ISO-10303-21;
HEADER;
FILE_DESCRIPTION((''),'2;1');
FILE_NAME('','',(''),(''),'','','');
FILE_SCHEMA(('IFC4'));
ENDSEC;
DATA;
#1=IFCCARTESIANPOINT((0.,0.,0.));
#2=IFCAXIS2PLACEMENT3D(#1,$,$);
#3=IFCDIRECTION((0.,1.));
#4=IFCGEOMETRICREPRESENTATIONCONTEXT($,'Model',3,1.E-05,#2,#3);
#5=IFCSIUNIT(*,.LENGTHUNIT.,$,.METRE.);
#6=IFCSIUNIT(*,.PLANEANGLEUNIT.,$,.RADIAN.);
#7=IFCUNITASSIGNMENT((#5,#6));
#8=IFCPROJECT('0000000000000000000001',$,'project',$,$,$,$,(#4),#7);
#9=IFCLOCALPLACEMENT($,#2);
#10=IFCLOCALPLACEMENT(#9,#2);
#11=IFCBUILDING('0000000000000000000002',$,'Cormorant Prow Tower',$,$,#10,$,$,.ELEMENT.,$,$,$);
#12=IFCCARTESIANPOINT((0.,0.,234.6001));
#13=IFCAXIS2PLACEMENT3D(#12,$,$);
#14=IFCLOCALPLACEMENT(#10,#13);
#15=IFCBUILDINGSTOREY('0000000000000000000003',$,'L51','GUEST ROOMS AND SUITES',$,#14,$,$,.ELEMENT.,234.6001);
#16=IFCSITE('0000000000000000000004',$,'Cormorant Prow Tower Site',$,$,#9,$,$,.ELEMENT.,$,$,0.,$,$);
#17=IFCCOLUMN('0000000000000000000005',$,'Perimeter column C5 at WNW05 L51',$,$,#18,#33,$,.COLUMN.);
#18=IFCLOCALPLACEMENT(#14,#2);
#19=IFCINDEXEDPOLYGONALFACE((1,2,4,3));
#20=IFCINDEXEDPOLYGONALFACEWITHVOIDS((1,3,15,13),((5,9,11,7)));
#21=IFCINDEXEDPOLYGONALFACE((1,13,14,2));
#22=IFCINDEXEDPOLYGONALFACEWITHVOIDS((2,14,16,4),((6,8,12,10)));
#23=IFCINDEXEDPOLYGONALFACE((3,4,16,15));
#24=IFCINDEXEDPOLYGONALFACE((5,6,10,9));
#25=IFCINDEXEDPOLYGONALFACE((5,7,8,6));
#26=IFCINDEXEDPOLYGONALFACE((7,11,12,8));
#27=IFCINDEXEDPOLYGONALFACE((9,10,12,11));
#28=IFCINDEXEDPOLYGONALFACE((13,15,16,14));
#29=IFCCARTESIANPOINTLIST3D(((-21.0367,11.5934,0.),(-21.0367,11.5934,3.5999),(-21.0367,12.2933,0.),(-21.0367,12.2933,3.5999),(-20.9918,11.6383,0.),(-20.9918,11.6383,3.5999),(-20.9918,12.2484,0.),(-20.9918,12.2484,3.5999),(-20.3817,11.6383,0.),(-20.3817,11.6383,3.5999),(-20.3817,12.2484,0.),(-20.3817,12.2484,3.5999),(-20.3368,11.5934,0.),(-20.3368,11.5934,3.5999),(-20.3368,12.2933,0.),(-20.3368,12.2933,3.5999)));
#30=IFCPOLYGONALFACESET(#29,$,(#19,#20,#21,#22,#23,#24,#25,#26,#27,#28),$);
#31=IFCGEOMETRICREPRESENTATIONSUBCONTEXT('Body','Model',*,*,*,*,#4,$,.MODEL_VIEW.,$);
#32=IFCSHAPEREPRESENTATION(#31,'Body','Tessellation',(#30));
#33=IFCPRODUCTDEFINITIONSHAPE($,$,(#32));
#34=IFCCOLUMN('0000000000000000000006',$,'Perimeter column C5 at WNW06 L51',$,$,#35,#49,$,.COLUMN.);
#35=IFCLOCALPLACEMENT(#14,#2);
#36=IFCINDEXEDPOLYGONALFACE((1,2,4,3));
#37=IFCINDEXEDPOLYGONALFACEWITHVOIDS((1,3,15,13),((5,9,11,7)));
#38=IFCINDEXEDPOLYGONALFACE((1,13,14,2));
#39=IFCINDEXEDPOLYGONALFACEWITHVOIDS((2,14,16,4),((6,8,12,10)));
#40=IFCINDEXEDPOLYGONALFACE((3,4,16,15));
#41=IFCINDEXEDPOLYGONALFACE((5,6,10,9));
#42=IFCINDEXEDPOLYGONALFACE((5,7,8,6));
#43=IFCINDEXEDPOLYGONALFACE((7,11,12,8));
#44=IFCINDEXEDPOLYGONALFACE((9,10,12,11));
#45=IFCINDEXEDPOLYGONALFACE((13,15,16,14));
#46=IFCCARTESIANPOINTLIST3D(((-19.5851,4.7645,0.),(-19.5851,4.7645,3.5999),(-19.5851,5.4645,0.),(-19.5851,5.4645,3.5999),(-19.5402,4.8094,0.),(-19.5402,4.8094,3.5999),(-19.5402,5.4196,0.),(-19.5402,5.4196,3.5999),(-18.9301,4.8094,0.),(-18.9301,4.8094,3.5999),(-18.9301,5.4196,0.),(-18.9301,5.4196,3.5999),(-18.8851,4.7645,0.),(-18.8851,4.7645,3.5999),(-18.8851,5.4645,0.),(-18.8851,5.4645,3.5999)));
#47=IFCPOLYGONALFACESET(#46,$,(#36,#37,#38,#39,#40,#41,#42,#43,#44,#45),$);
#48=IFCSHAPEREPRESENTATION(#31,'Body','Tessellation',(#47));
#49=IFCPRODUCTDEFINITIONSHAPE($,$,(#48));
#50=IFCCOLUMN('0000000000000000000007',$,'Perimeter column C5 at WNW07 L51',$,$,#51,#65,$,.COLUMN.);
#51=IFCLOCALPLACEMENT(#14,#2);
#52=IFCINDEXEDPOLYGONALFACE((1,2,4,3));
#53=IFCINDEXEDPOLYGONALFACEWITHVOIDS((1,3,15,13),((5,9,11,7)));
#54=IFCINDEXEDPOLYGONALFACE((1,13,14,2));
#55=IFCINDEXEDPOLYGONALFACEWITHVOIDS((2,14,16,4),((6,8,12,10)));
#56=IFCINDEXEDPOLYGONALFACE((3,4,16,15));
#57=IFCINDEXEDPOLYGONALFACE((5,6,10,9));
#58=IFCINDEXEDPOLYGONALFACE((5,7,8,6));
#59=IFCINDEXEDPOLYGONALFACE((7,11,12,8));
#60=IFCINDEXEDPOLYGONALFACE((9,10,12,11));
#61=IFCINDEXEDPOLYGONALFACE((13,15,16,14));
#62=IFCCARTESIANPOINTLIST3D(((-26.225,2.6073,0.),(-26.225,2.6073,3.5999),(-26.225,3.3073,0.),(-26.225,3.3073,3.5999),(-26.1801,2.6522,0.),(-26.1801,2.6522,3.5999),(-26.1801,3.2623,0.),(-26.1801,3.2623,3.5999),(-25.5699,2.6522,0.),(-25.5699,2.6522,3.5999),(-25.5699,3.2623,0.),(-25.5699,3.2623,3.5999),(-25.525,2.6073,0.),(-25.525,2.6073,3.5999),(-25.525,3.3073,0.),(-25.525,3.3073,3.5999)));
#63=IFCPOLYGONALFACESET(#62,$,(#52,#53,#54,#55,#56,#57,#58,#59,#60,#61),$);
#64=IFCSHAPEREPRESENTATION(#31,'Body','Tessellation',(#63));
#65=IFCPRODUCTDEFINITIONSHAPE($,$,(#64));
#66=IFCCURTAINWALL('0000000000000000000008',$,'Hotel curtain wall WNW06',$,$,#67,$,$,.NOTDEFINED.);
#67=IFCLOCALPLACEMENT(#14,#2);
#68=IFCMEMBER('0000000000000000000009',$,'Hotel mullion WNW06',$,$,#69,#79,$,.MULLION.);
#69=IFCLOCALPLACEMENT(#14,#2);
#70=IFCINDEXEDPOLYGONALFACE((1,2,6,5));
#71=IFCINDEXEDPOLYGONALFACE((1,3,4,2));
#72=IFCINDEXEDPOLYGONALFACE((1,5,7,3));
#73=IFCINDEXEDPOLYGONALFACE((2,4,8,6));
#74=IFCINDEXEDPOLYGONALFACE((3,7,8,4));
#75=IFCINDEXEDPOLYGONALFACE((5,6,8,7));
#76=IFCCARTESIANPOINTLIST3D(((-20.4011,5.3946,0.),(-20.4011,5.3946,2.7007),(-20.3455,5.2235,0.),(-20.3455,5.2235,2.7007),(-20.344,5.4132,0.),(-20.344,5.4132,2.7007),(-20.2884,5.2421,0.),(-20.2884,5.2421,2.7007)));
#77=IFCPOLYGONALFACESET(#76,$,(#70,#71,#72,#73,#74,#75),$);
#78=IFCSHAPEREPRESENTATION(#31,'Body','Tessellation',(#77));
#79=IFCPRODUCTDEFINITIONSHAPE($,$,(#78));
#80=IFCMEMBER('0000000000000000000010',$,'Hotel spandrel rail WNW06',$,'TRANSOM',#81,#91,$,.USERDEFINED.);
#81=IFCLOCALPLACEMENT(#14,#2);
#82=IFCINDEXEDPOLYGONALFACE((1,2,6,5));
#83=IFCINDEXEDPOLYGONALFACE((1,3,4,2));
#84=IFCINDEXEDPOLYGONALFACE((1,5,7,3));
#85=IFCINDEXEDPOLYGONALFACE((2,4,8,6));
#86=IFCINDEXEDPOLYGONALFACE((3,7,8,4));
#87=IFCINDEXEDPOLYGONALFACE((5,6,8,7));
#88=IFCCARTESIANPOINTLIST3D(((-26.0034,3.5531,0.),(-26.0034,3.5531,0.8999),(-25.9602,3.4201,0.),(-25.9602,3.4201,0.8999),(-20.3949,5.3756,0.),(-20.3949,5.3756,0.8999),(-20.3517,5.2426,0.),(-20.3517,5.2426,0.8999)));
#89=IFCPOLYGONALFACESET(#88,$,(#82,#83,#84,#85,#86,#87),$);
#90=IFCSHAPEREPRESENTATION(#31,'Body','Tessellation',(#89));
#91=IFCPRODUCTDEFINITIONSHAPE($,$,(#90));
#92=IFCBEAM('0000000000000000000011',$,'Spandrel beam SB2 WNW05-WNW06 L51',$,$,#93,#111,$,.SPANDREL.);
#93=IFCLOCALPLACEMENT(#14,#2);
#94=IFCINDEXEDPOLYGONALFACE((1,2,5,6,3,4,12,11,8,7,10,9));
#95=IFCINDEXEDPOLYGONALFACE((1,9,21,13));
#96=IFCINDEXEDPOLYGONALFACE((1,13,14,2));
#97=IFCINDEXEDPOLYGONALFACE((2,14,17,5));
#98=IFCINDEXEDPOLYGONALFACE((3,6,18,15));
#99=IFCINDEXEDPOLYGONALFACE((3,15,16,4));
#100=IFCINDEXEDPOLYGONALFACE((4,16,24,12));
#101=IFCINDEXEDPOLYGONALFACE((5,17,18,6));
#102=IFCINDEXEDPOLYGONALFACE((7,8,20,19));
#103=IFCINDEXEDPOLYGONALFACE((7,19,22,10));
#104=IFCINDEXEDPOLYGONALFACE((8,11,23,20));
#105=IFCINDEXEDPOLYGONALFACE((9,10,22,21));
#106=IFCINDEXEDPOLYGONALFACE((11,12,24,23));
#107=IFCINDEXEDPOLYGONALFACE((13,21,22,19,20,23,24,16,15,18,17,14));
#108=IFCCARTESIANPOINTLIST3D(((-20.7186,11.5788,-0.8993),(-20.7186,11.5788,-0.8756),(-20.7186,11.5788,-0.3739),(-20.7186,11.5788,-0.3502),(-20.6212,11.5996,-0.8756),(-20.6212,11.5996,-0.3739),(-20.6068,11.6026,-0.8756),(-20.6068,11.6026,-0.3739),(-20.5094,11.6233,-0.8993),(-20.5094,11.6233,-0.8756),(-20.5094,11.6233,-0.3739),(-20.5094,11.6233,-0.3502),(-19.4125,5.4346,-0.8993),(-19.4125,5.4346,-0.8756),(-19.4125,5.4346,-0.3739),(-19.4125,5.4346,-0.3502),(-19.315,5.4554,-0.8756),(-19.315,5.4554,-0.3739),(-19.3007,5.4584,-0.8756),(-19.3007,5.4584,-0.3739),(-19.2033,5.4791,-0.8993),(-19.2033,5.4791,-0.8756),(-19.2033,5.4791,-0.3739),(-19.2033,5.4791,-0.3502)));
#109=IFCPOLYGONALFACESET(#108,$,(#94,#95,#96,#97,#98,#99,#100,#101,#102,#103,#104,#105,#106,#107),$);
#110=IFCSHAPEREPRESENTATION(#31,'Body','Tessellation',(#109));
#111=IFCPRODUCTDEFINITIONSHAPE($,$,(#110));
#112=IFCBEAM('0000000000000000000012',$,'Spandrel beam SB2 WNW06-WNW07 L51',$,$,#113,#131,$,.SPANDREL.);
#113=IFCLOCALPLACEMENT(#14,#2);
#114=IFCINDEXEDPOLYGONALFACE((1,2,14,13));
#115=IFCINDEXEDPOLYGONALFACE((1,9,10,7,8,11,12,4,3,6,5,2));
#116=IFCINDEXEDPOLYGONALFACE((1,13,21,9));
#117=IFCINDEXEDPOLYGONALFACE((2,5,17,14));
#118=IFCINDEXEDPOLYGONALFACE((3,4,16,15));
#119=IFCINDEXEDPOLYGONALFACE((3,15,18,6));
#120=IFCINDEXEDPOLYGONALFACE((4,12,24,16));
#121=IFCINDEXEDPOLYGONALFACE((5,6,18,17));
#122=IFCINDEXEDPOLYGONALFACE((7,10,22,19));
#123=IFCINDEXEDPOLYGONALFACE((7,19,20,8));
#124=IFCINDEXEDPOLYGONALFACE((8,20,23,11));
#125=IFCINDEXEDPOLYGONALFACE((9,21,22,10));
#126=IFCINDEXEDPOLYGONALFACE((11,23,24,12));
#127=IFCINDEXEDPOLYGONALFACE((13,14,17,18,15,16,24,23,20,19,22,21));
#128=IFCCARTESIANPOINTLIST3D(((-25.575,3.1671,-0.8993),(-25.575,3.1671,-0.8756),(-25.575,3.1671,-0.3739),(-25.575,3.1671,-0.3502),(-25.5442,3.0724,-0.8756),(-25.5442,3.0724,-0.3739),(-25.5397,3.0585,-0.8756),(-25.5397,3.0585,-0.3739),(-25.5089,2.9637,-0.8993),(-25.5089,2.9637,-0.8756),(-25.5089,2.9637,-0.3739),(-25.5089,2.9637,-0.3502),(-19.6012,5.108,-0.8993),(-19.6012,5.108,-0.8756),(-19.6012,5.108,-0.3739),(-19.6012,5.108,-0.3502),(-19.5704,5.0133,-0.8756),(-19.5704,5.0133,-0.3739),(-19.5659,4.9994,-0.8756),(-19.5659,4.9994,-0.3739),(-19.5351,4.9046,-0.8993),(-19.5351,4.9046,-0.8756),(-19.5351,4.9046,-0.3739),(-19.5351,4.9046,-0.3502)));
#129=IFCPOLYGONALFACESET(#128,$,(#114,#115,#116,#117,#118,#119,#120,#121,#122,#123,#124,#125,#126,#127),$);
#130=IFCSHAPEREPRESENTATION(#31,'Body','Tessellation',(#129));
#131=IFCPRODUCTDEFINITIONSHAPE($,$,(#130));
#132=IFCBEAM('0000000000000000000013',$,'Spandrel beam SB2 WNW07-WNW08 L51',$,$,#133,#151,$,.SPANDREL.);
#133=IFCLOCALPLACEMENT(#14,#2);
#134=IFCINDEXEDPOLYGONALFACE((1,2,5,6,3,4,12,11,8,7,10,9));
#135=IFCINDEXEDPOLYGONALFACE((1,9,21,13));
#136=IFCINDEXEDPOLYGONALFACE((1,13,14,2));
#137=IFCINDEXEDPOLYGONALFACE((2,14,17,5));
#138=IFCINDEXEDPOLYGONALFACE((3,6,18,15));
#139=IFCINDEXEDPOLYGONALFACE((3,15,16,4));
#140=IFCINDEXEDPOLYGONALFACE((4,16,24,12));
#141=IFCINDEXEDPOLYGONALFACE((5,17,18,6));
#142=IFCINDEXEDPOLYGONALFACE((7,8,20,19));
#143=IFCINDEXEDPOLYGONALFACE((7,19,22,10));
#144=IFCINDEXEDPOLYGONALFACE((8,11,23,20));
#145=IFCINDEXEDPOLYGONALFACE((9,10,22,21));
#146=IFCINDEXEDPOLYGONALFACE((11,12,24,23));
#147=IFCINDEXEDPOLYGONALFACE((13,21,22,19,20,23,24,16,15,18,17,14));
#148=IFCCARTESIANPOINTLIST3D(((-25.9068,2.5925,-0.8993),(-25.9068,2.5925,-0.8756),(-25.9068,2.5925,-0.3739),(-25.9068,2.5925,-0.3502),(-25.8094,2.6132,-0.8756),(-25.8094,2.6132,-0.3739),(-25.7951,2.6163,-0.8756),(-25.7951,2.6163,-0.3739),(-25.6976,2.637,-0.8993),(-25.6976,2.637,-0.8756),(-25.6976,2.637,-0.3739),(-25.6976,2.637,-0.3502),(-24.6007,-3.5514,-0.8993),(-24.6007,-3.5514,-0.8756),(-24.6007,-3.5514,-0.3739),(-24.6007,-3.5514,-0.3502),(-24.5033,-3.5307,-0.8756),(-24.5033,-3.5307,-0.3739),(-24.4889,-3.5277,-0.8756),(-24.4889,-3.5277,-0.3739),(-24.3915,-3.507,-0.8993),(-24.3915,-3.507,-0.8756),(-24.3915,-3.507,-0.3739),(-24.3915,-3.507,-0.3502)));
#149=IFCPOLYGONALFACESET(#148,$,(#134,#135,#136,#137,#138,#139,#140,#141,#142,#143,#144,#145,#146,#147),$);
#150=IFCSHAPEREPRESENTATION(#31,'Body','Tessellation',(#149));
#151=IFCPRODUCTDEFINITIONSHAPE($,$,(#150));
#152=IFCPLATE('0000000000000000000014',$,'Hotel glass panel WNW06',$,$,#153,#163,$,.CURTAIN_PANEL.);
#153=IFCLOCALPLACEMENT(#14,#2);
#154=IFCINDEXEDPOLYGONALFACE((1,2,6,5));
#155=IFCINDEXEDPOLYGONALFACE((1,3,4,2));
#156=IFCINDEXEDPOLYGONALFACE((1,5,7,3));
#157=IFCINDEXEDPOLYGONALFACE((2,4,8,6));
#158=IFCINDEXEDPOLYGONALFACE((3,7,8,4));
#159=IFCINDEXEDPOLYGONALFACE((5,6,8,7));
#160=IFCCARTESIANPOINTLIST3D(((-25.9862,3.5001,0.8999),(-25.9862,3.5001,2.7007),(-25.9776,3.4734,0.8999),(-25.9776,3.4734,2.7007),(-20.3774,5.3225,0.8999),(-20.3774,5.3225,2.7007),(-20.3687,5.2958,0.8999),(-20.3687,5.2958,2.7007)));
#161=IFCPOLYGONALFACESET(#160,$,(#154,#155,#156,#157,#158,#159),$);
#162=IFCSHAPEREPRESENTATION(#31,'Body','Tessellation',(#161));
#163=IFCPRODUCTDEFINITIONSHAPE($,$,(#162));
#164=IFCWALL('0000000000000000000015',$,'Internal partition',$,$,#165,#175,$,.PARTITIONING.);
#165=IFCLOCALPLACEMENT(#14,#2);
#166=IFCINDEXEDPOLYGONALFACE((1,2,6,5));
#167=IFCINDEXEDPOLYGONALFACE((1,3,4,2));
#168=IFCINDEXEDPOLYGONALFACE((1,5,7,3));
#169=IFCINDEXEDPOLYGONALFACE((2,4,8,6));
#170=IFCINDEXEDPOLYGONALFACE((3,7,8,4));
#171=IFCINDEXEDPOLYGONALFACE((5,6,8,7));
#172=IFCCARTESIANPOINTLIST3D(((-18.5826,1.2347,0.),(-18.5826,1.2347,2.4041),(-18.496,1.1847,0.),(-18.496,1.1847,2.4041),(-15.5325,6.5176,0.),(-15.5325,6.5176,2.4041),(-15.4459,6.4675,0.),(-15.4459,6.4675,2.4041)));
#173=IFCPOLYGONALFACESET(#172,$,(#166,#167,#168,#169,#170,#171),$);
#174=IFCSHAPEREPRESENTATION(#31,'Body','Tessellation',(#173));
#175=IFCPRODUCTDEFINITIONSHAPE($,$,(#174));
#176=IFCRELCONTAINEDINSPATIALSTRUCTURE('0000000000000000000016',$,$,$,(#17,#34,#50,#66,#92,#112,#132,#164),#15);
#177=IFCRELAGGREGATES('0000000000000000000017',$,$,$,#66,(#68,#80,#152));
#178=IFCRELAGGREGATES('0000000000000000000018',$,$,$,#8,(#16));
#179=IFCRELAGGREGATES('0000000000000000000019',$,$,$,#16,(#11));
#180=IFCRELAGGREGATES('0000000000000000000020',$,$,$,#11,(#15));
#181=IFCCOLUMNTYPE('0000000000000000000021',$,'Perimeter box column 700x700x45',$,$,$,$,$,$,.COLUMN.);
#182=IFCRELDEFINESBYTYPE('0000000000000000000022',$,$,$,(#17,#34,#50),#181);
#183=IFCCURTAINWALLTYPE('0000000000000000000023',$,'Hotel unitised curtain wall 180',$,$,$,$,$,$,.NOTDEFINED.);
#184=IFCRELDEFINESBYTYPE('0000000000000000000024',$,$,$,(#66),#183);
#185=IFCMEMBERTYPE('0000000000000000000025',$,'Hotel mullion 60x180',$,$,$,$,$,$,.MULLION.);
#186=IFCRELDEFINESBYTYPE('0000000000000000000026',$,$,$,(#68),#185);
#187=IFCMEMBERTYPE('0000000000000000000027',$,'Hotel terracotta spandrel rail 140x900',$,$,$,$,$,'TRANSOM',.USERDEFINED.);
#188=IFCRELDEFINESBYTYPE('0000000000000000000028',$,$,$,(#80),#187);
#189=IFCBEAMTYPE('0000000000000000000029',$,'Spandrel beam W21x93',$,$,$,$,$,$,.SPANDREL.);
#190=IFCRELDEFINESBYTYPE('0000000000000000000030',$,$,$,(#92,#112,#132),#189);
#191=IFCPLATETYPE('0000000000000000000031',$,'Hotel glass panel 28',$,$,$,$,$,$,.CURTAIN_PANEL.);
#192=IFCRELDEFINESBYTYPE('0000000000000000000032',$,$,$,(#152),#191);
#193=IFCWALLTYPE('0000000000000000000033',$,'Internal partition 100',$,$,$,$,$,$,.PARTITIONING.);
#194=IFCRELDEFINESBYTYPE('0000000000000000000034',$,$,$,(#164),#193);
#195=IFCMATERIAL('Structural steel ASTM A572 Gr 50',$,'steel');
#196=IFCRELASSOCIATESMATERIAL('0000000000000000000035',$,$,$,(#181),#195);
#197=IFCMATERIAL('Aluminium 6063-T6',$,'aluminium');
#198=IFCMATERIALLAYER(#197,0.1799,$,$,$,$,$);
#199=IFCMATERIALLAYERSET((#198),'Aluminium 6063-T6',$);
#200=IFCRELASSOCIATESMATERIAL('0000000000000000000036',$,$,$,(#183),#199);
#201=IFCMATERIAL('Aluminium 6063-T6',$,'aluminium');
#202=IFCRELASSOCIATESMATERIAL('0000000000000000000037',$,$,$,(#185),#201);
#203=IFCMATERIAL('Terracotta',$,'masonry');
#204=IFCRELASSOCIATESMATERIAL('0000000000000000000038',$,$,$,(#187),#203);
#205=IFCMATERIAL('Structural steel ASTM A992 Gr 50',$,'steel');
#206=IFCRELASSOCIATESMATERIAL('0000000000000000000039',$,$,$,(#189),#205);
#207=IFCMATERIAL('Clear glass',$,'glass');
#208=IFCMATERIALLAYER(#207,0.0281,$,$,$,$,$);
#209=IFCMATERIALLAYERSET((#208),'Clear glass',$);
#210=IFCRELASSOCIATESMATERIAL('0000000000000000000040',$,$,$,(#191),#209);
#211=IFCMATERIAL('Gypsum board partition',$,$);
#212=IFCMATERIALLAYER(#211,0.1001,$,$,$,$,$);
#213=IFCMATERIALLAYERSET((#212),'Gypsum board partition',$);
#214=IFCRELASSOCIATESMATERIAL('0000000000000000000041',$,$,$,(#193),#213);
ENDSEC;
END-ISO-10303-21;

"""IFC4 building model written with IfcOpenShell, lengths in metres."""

from ifc_helpers import new_model, si_unit, direction, frame, frame_2d, origin, origin_2d, place, context, subcontext, project, spatial, rectangle, hollow_rectangle, i_section, extrude, material, layer, layer_set, material_profile, profile_set, type_object, element, aggregate, save


model = new_model("IFC4")

# Units and contexts
model_context = context("Model", 3, precision=1e-05, world=origin(), true_north=direction((0.0, 1.0)))
body_context = subcontext(model_context, "Body", "Model", "MODEL_VIEW")
ifc_project = project(units=[si_unit("LENGTHUNIT", "METRE"), si_unit("PLANEANGLEUNIT", "RADIAN")], contexts=[model_context])

# Site, building, storey
site_placement = place(None, origin())
site = spatial("IfcSite", under=ifc_project, at=site_placement, Name="Cormorant Prow Tower Site", CompositionType="ELEMENT", RefElevation=0.0)
building_placement = place(site_placement, origin())
building = spatial("IfcBuilding", under=site, at=building_placement, Name="Cormorant Prow Tower", CompositionType="ELEMENT")
storey_placement = place(building_placement, frame((0.0, 0.0, 234.6001)))
storey = spatial("IfcBuildingStorey", under=building, at=storey_placement, Name="L51", Description="GUEST ROOMS AND SUITES", CompositionType="ELEMENT", Elevation=234.6001)

# Columns
ifc_material_1 = material(Name="Structural steel ASTM A572 Gr 50", Category="steel")
ifc_material_profile_1 = material_profile(ifc_material_1, hollow_rectangle(XDim=0.7, YDim=0.7, WallThickness=0.0449, at=origin_2d()), Name="Box 700x700x45")
ifc_profile_set_1 = profile_set([ifc_material_profile_1], Name="Structural steel ASTM A572 Gr 50")
column_type = type_object("IfcColumnType", Name="Perimeter box column 700x700x45", PredefinedType="COLUMN", material=ifc_profile_set_1)
for number, where, z_axis, x_axis, name in (
    (1, (-20.6868, 11.9434, 0.0), (0.0, 0.0, 1.0), (1.0, 0.0, 0.0), "Perimeter column C5 at WNW05 L51"),
    (2, (-19.2351, 5.1145, 0.0), (0.0, 0.0, 1.0), (1.0, 0.0, 0.0), "Perimeter column C5 at WNW06 L51"),
    (3, (-25.875, 2.9573, 0.0), (0.0, 0.0, 1.0), (1.0, 0.0, 0.0), "Perimeter column C5 at WNW07 L51"),
):
    element("IfcColumn", number, at=place(storey_placement, frame(where, z_axis=z_axis, x_axis=x_axis)), inside=storey, type_object=column_type, Name=name, PredefinedType="COLUMN", context=body_context, shape_type="SweptSolid", body=[
        extrude(hollow_rectangle(XDim=0.7, YDim=0.7, WallThickness=0.0449, at=origin_2d()), origin(), (0.0, 0.0, 1.0), 3.5999),
    ])

# Curtain wall, members
ifc_material_2 = material(Name="Aluminium 6063-T6", Category="aluminium")
ifc_layer_1 = layer(ifc_material_2, 0.1799)
ifc_layer_set_1 = layer_set([ifc_layer_1], Name="Aluminium 6063-T6")
curtain_wall_type = type_object("IfcCurtainWallType", Name="Hotel unitised curtain wall 180", PredefinedType="NOTDEFINED", material=ifc_layer_set_1)
curtain_wall_placement = place(storey_placement, origin())
curtain_wall = element("IfcCurtainWall", 4, at=curtain_wall_placement, inside=storey, type_object=curtain_wall_type, Name="Hotel curtain wall WNW06", PredefinedType="NOTDEFINED")
ifc_material_3 = material(Name="Aluminium 6063-T6", Category="aluminium")
ifc_material_profile_2 = material_profile(ifc_material_3, rectangle(XDim=0.1799, YDim=0.0601, at=origin_2d()), Name="Hotel mullion 60x180")
ifc_profile_set_2 = profile_set([ifc_material_profile_2], Name="Aluminium 6063-T6")
member_type_1 = type_object("IfcMemberType", Name="Hotel mullion 60x180", PredefinedType="MULLION", material=ifc_profile_set_2)
member_1_placement = place(storey_placement, frame((-20.3447, 5.3184, 0.0), z_axis=(0.0, 0.0, 1.0), x_axis=(0.309017, -0.951057, 0.0)))
member_1 = element("IfcMember", 5, at=member_1_placement, type_object=member_type_1, Name="Hotel mullion WNW06", PredefinedType="MULLION", context=body_context, shape_type="SweptSolid", body=[
    extrude(rectangle(XDim=0.1799, YDim=0.0601, at=origin_2d()), origin(), (0.0, 0.0, 1.0), 2.7007),
])
ifc_material_4 = material(Name="Terracotta", Category="masonry")
ifc_material_profile_3 = material_profile(ifc_material_4, rectangle(XDim=0.1399, YDim=0.8999, at=origin_2d()), Name="Hotel terracotta spandrel rail 140x900")
ifc_profile_set_3 = profile_set([ifc_material_profile_3], Name="Terracotta")
member_type_2 = type_object("IfcMemberType", Name="Hotel terracotta spandrel rail 140x900", ElementType="TRANSOM", PredefinedType="USERDEFINED", material=ifc_profile_set_3)
member_2_placement = place(storey_placement, frame((-20.3733, 5.3091, 0.45), z_axis=(-0.951049, -0.30904, 0.0), x_axis=(0.30904, -0.951049, 0.0)))
member_2 = element("IfcMember", 6, at=member_2_placement, type_object=member_type_2, Name="Hotel spandrel rail WNW06", ObjectType="TRANSOM", PredefinedType="USERDEFINED", context=body_context, shape_type="SweptSolid", body=[
    extrude(rectangle(XDim=0.1399, YDim=0.8999, at=origin_2d()), origin(), (0.0, 0.0, 1.0), 5.8972),
])

# Beams
ifc_material_5 = material(Name="Structural steel ASTM A992 Gr 50", Category="steel")
ifc_material_profile_4 = material_profile(ifc_material_5, i_section(OverallWidth=0.2139, OverallDepth=0.5491, WebThickness=0.0146, FlangeThickness=0.0237, at=origin_2d()), Name="W21x93")
ifc_profile_set_4 = profile_set([ifc_material_profile_4], Name="Structural steel ASTM A992 Gr 50")
beam_type = type_object("IfcBeamType", Name="Spandrel beam W21x93", PredefinedType="SPANDREL", material=ifc_profile_set_4)
beam_placement = place(storey_placement, frame((-20.614, 11.6011, -0.6248), z_axis=(0.207934, -0.978143, 0.0), x_axis=(0.978143, 0.207934, 0.0)))
element("IfcBeam", 7, at=beam_placement, inside=storey, type_object=beam_type, Name="Spandrel beam SB2 WNW05-WNW06 L51", PredefinedType="SPANDREL", context=body_context, shape_type="SweptSolid", body=[
    extrude(i_section(OverallWidth=0.2139, OverallDepth=0.5491, WebThickness=0.0146, FlangeThickness=0.0237, at=origin_2d()), origin(), (0.0, 0.0, 1.0), 6.2815),
])
for number, where, z_axis, x_axis, name in (
    (8, (-19.5681, 5.0063, -0.6248), (-0.951062, -0.309001, 0.0), (0.309001, -0.951062, 0.0), "Spandrel beam SB2 WNW06-WNW07 L51"),
    (9, (-25.8022, 2.6147, -0.6248), (0.207941, -0.978141, 0.0), (0.978141, 0.207941, 0.0), "Spandrel beam SB2 WNW07-WNW08 L51"),
):
    element("IfcBeam", number, at=place(storey_placement, frame(where, z_axis=z_axis, x_axis=x_axis)), inside=storey, type_object=beam_type, Name=name, PredefinedType="SPANDREL", context=body_context, shape_type="SweptSolid", body=[
        extrude(i_section(OverallWidth=0.2139, OverallDepth=0.5491, WebThickness=0.0146, FlangeThickness=0.0237, at=origin_2d()), origin(), (0.0, 0.0, 1.0), 6.2812),
    ])

# Plate
ifc_material_6 = material(Name="Clear glass", Category="glass")
ifc_layer_2 = layer(ifc_material_6, 0.0281)
ifc_layer_set_2 = layer_set([ifc_layer_2], Name="Clear glass")
plate_type = type_object("IfcPlateType", Name="Hotel glass panel 28", PredefinedType="CURTAIN_PANEL", material=ifc_layer_set_2)
plate_placement = place(storey_placement, frame((-23.1775, 4.3979, 0.8999), z_axis=(0.0, 0.0, 1.0), x_axis=(-0.951057, -0.309017, 0.0)))
plate = element("IfcPlate", 10, at=plate_placement, type_object=plate_type, Name="Hotel glass panel WNW06", PredefinedType="CURTAIN_PANEL", context=body_context, shape_type="SweptSolid", body=[
    extrude(rectangle(XDim=5.8975, YDim=0.0281, at=origin_2d()), origin(), (0.0, 0.0, 1.0), 1.8008),
])
aggregate(curtain_wall, [member_1, member_2, plate])

# Wall
ifc_material_7 = material(Name="Gypsum board partition")
ifc_layer_3 = layer(ifc_material_7, 0.1001)
ifc_layer_set_3 = layer_set([ifc_layer_3], Name="Gypsum board partition")
wall_type_1 = type_object("IfcWallType", Name="Internal partition 100", PredefinedType="PARTITIONING", material=ifc_layer_set_3)
wall_1_placement = place(storey_placement, frame((-18.5393, 1.2097, 0.0), z_axis=(0.0, 0.0, 1.0), x_axis=(0.500009, 0.86602, 0.0)))
element("IfcWall", 11, at=wall_1_placement, inside=storey, type_object=wall_type_1, Name="Internal partition", PredefinedType="PARTITIONING", context=body_context, shape_type="SweptSolid", body=[
    extrude(rectangle(XDim=6.1001, YDim=0.1001, at=frame_2d((3.05, 0.0))), origin(), (0.0, 0.0, 1.0), 2.4041),
])

save(model, "model.ifc")
